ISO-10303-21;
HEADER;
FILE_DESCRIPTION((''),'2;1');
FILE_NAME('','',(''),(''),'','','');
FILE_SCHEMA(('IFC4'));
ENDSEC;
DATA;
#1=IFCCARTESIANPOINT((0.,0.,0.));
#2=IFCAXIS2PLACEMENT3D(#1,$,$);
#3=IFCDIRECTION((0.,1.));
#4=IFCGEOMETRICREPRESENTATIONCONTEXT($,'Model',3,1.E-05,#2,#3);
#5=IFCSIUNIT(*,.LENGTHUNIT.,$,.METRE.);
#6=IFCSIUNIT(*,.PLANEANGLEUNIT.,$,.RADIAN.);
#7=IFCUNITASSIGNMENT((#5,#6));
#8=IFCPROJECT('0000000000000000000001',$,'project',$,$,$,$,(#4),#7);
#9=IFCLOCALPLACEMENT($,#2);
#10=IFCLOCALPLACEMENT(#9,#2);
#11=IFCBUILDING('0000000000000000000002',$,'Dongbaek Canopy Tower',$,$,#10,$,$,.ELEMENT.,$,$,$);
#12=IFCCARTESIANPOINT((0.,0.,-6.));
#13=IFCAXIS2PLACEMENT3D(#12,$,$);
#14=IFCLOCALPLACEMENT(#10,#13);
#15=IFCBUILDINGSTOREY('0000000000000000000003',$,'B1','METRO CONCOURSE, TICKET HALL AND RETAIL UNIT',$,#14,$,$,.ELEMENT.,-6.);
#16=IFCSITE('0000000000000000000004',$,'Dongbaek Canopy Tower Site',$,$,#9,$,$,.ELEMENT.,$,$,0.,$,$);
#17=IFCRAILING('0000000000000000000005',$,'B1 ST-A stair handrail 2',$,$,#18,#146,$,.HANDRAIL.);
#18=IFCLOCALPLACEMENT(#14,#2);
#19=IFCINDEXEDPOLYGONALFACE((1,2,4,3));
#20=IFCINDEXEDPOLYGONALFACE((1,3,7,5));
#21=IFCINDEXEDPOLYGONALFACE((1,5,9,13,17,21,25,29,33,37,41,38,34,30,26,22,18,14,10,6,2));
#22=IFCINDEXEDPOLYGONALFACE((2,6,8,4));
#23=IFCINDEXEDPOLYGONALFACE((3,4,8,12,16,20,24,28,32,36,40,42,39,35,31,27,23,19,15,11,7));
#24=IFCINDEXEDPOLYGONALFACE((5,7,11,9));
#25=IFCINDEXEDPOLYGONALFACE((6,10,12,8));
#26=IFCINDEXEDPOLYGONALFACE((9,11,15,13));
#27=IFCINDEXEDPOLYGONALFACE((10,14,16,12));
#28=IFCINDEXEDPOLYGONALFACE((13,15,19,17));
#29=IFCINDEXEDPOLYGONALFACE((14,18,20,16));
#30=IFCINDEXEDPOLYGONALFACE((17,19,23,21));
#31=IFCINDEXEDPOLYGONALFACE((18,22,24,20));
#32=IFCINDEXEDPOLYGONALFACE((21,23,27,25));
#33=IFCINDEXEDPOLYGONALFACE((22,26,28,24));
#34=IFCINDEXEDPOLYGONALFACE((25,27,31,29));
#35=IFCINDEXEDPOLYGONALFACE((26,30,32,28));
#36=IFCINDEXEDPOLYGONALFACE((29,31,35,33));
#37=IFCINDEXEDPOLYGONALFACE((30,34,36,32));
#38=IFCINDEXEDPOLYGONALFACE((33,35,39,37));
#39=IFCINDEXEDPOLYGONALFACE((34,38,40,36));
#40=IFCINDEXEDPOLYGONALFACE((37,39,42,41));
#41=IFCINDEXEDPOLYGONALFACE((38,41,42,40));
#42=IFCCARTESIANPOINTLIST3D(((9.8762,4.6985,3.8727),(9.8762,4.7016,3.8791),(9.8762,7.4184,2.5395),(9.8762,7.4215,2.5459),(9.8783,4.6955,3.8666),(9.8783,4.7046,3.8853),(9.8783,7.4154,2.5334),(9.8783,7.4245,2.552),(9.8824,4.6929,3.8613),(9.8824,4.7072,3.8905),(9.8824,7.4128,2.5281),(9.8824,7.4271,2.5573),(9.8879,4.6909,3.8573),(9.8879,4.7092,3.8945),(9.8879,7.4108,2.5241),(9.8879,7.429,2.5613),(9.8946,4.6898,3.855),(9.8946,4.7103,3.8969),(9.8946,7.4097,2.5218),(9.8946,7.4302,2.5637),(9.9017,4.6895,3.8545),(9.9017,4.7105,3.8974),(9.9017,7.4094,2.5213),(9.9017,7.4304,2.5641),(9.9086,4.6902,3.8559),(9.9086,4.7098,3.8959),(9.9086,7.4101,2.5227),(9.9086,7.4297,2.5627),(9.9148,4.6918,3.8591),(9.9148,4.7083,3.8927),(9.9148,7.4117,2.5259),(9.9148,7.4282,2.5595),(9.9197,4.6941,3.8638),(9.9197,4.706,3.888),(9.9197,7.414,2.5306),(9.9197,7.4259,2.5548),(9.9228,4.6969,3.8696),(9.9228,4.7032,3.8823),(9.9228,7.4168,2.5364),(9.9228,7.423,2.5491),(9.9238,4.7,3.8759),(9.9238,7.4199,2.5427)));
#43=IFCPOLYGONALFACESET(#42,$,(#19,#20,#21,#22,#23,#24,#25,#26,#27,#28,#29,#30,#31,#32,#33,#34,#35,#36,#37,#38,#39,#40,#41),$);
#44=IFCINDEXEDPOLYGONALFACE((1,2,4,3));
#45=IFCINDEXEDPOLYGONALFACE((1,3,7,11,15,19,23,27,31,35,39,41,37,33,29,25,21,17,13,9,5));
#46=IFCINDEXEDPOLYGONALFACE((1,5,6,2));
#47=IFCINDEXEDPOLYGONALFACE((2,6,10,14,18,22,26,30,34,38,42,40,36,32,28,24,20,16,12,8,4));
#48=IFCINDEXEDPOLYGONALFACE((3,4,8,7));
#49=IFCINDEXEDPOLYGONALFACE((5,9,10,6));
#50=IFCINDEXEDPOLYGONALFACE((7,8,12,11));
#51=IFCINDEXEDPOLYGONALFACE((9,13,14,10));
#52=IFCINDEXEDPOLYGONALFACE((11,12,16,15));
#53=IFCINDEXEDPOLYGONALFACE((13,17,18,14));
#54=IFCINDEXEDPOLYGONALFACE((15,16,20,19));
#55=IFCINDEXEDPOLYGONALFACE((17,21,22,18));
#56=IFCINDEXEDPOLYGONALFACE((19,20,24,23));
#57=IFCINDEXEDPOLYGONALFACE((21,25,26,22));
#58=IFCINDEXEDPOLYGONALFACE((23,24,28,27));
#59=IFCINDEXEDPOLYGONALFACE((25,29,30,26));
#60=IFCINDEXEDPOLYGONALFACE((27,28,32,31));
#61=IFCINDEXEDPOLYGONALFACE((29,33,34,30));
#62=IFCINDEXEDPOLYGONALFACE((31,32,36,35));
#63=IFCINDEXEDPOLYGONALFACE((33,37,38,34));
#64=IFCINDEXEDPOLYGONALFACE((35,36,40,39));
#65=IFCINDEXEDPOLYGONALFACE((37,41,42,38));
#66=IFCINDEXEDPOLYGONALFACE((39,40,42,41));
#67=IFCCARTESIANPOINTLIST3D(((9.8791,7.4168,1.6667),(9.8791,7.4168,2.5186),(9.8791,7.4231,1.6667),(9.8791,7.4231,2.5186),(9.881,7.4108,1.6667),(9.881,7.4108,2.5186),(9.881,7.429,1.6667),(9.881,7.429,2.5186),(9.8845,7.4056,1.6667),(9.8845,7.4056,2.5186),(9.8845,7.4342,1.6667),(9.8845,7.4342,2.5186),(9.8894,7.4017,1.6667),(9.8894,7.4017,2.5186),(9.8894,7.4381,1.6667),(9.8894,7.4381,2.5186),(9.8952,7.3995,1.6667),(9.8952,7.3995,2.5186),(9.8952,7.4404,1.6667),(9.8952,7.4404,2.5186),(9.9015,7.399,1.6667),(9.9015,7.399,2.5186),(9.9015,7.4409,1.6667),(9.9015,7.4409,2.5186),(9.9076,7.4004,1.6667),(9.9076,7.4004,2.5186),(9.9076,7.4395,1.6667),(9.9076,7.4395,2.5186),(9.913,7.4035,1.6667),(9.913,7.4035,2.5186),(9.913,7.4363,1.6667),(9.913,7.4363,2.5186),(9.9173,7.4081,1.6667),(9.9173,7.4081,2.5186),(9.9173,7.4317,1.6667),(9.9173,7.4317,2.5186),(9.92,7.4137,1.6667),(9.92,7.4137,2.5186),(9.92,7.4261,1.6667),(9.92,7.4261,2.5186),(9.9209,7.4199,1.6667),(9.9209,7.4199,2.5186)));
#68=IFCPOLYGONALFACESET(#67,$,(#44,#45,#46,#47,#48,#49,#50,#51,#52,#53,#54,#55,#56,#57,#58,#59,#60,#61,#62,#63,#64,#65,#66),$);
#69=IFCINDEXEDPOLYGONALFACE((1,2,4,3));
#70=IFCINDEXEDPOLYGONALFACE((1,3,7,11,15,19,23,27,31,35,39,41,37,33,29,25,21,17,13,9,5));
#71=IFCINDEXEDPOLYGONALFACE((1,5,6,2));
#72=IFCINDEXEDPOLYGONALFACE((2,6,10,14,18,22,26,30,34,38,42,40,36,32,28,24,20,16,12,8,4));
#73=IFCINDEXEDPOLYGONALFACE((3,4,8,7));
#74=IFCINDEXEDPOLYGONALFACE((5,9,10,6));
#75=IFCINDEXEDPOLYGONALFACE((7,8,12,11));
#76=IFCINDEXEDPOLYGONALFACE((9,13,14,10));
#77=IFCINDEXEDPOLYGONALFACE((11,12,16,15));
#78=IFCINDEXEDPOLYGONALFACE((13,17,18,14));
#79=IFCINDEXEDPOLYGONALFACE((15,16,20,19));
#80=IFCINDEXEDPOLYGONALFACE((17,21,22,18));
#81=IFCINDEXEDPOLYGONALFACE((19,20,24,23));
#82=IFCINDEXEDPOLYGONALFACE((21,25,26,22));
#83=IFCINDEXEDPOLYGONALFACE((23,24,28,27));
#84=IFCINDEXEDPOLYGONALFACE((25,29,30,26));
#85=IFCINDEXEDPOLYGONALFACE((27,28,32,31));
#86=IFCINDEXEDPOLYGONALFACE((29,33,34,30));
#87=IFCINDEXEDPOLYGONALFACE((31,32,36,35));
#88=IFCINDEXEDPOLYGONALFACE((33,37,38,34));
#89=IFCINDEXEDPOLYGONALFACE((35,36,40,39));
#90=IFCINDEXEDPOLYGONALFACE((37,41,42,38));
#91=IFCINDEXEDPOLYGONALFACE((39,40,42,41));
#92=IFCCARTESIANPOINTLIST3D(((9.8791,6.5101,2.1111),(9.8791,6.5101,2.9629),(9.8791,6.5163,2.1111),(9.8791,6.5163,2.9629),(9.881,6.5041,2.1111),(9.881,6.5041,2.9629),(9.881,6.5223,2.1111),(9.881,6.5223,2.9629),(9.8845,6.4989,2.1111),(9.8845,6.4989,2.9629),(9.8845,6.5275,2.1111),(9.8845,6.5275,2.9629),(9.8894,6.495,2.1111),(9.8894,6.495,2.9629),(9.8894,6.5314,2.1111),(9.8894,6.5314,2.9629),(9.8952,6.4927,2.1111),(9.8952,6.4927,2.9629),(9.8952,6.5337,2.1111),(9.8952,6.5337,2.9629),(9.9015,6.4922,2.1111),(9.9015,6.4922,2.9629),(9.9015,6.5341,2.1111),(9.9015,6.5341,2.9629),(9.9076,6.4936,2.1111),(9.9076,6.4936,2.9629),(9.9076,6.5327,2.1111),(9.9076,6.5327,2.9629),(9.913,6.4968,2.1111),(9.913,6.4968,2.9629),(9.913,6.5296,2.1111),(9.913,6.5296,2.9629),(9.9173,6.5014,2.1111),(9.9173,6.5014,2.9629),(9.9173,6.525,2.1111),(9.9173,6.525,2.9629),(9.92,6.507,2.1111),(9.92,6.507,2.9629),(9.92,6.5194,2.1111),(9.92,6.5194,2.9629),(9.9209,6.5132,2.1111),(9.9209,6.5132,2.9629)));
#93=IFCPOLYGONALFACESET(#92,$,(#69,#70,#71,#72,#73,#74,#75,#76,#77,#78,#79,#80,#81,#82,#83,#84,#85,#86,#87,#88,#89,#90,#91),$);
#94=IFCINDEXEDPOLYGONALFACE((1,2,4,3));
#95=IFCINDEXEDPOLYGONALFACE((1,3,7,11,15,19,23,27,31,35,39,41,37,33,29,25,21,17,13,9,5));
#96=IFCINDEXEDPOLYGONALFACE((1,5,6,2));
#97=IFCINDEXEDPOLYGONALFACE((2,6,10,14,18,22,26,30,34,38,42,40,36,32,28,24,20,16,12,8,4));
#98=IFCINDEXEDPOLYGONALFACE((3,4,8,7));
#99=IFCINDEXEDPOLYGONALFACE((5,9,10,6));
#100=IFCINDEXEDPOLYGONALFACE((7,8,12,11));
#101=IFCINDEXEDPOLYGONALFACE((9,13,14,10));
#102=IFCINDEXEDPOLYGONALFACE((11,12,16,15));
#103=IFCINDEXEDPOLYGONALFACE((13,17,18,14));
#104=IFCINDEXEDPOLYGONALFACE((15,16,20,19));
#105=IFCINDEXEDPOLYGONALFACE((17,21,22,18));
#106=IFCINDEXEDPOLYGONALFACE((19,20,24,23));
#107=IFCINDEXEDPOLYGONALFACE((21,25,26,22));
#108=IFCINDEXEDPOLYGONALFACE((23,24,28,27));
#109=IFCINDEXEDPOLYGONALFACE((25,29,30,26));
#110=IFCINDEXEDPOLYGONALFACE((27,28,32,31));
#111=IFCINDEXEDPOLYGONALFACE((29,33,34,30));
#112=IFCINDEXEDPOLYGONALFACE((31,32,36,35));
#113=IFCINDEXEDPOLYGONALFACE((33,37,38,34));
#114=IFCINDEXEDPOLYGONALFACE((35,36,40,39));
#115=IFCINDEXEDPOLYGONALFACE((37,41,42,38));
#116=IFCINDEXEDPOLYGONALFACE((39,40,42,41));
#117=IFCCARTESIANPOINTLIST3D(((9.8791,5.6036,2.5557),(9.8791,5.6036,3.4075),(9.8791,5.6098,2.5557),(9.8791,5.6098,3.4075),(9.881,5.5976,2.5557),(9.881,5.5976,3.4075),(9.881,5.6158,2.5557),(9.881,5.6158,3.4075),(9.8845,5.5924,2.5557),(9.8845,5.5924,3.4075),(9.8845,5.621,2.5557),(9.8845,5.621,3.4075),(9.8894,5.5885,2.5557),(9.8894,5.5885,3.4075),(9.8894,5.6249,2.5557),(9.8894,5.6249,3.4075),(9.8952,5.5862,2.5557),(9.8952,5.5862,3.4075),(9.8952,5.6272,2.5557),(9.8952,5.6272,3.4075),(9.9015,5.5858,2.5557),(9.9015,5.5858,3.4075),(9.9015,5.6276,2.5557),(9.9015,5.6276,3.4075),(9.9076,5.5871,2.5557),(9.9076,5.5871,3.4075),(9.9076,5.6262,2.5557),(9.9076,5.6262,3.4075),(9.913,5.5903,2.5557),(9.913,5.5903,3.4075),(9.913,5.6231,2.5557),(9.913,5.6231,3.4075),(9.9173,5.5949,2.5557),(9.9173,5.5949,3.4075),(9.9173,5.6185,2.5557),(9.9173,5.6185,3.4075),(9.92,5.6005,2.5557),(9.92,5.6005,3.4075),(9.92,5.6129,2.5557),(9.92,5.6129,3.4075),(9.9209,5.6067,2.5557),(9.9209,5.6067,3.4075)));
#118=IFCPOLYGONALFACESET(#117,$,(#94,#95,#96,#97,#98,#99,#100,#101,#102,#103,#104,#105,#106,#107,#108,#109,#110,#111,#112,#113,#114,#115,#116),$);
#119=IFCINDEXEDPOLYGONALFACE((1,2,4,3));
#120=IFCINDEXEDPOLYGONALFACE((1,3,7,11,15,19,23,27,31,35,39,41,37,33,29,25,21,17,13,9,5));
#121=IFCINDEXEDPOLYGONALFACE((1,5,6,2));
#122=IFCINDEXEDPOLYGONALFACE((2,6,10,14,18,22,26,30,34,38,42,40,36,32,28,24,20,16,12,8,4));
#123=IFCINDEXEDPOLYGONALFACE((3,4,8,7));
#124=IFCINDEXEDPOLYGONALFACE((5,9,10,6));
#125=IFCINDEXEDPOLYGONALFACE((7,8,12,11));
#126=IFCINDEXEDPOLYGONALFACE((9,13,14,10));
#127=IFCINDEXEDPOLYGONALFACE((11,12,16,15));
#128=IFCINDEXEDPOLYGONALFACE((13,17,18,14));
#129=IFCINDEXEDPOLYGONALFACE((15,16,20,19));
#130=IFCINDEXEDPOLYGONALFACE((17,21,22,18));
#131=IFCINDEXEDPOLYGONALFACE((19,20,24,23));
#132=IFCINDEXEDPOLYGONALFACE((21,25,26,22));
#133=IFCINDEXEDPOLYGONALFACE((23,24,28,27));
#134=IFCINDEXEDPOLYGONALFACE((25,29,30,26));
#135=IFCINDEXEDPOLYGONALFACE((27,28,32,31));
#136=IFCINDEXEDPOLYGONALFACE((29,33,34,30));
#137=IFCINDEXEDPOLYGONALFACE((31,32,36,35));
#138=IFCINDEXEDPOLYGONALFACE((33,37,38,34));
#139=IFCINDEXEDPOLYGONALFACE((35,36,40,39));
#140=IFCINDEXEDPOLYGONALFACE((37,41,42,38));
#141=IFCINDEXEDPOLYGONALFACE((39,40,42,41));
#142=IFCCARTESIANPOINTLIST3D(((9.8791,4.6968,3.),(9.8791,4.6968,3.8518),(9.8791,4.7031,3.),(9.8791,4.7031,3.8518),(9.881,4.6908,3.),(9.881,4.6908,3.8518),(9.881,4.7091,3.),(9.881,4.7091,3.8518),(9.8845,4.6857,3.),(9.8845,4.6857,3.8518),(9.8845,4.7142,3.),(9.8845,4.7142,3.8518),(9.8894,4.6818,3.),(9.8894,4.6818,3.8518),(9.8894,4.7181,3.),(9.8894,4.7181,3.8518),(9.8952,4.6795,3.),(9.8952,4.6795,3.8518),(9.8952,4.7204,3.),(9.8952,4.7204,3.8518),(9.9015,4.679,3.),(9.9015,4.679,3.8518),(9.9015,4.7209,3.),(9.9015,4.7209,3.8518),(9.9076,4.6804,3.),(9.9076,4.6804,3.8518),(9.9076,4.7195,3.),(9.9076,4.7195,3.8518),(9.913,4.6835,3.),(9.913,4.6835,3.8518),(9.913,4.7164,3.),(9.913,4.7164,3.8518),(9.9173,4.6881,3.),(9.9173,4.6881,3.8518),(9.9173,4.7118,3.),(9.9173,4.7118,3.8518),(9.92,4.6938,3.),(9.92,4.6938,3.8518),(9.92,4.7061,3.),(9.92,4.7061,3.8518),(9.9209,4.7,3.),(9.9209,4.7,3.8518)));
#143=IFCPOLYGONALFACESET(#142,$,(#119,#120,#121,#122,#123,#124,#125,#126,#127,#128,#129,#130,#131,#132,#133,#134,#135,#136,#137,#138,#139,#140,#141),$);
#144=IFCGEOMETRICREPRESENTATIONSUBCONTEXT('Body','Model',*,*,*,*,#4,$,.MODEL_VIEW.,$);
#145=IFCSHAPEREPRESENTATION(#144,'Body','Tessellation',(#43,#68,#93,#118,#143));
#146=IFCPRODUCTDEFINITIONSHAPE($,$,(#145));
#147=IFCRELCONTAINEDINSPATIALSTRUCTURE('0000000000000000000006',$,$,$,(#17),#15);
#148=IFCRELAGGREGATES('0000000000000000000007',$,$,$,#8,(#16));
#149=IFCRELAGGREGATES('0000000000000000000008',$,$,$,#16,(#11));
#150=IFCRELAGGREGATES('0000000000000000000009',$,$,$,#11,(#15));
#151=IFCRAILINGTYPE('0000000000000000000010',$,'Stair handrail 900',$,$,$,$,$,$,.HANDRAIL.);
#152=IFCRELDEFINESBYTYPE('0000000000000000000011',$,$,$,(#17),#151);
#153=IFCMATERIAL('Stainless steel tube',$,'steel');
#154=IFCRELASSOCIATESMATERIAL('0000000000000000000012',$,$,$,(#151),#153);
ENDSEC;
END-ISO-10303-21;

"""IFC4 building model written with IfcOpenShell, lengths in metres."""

from ifc_helpers import new_model, si_unit, direction, frame, origin, origin_2d, place, context, subcontext, project, spatial, circle, extrude, material, type_object, element, save


model = new_model("IFC4")

# Units and contexts
model_context = context("Model", 3, precision=1e-05, world=origin(), true_north=direction((0.0, 1.0)))
body_context = subcontext(model_context, "Body", "Model", "MODEL_VIEW")
ifc_project = project(units=[si_unit("LENGTHUNIT", "METRE"), si_unit("PLANEANGLEUNIT", "RADIAN")], contexts=[model_context])

# Site, building, storey
site_placement = place(None, origin())
site = spatial("IfcSite", under=ifc_project, at=site_placement, Name="Dongbaek Canopy Tower Site", CompositionType="ELEMENT", RefElevation=0.0)
building_placement = place(site_placement, origin())
building = spatial("IfcBuilding", under=site, at=building_placement, Name="Dongbaek Canopy Tower", CompositionType="ELEMENT")
storey_placement = place(building_placement, frame((0.0, 0.0, -6.0)))
storey = spatial("IfcBuildingStorey", under=building, at=storey_placement, Name="B1", Description="METRO CONCOURSE, TICKET HALL AND RETAIL UNIT", CompositionType="ELEMENT", Elevation=-6.0)

# Railing
ifc_material_1 = material(Name="Stainless steel tube", Category="steel")
railing_type_1 = type_object("IfcRailingType", Name="Stair handrail 900", PredefinedType="HANDRAIL", material=ifc_material_1)
for number, where, name in (
    (1, (9.8999, 7.4199, 1.6667), "B1 ST-A stair handrail 2"),
):
    element("IfcRailing", number, at=place(storey_placement, frame(where)), inside=storey, type_object=railing_type_1, Name=name, PredefinedType="HANDRAIL", context=body_context, shape_type="SweptSolid", body=[
        extrude(circle(Radius=0.0239, at=origin_2d()), frame((0.0, 0.0, 0.876), z_axis=(0.0, -0.897929, 0.440139), x_axis=(1.0, 0.0, 0.0)), (0.0, 0.0, 1.0), 3.0291),
        extrude(circle(Radius=0.021, at=origin_2d()), origin(), (0.0, 0.0, 1.0), 0.8518),
        extrude(circle(Radius=0.021, at=origin_2d()), frame((0.0, -0.9067, 0.4443)), (0.0, 0.0, 1.0), 0.8518),
        extrude(circle(Radius=0.021, at=origin_2d()), frame((0.0, -1.8132, 0.8889)), (0.0, 0.0, 1.0), 0.8518),
        extrude(circle(Radius=0.021, at=origin_2d()), frame((0.0, -2.72, 1.3333)), (0.0, 0.0, 1.0), 0.8518),
    ])

save(model, "model.ifc")
